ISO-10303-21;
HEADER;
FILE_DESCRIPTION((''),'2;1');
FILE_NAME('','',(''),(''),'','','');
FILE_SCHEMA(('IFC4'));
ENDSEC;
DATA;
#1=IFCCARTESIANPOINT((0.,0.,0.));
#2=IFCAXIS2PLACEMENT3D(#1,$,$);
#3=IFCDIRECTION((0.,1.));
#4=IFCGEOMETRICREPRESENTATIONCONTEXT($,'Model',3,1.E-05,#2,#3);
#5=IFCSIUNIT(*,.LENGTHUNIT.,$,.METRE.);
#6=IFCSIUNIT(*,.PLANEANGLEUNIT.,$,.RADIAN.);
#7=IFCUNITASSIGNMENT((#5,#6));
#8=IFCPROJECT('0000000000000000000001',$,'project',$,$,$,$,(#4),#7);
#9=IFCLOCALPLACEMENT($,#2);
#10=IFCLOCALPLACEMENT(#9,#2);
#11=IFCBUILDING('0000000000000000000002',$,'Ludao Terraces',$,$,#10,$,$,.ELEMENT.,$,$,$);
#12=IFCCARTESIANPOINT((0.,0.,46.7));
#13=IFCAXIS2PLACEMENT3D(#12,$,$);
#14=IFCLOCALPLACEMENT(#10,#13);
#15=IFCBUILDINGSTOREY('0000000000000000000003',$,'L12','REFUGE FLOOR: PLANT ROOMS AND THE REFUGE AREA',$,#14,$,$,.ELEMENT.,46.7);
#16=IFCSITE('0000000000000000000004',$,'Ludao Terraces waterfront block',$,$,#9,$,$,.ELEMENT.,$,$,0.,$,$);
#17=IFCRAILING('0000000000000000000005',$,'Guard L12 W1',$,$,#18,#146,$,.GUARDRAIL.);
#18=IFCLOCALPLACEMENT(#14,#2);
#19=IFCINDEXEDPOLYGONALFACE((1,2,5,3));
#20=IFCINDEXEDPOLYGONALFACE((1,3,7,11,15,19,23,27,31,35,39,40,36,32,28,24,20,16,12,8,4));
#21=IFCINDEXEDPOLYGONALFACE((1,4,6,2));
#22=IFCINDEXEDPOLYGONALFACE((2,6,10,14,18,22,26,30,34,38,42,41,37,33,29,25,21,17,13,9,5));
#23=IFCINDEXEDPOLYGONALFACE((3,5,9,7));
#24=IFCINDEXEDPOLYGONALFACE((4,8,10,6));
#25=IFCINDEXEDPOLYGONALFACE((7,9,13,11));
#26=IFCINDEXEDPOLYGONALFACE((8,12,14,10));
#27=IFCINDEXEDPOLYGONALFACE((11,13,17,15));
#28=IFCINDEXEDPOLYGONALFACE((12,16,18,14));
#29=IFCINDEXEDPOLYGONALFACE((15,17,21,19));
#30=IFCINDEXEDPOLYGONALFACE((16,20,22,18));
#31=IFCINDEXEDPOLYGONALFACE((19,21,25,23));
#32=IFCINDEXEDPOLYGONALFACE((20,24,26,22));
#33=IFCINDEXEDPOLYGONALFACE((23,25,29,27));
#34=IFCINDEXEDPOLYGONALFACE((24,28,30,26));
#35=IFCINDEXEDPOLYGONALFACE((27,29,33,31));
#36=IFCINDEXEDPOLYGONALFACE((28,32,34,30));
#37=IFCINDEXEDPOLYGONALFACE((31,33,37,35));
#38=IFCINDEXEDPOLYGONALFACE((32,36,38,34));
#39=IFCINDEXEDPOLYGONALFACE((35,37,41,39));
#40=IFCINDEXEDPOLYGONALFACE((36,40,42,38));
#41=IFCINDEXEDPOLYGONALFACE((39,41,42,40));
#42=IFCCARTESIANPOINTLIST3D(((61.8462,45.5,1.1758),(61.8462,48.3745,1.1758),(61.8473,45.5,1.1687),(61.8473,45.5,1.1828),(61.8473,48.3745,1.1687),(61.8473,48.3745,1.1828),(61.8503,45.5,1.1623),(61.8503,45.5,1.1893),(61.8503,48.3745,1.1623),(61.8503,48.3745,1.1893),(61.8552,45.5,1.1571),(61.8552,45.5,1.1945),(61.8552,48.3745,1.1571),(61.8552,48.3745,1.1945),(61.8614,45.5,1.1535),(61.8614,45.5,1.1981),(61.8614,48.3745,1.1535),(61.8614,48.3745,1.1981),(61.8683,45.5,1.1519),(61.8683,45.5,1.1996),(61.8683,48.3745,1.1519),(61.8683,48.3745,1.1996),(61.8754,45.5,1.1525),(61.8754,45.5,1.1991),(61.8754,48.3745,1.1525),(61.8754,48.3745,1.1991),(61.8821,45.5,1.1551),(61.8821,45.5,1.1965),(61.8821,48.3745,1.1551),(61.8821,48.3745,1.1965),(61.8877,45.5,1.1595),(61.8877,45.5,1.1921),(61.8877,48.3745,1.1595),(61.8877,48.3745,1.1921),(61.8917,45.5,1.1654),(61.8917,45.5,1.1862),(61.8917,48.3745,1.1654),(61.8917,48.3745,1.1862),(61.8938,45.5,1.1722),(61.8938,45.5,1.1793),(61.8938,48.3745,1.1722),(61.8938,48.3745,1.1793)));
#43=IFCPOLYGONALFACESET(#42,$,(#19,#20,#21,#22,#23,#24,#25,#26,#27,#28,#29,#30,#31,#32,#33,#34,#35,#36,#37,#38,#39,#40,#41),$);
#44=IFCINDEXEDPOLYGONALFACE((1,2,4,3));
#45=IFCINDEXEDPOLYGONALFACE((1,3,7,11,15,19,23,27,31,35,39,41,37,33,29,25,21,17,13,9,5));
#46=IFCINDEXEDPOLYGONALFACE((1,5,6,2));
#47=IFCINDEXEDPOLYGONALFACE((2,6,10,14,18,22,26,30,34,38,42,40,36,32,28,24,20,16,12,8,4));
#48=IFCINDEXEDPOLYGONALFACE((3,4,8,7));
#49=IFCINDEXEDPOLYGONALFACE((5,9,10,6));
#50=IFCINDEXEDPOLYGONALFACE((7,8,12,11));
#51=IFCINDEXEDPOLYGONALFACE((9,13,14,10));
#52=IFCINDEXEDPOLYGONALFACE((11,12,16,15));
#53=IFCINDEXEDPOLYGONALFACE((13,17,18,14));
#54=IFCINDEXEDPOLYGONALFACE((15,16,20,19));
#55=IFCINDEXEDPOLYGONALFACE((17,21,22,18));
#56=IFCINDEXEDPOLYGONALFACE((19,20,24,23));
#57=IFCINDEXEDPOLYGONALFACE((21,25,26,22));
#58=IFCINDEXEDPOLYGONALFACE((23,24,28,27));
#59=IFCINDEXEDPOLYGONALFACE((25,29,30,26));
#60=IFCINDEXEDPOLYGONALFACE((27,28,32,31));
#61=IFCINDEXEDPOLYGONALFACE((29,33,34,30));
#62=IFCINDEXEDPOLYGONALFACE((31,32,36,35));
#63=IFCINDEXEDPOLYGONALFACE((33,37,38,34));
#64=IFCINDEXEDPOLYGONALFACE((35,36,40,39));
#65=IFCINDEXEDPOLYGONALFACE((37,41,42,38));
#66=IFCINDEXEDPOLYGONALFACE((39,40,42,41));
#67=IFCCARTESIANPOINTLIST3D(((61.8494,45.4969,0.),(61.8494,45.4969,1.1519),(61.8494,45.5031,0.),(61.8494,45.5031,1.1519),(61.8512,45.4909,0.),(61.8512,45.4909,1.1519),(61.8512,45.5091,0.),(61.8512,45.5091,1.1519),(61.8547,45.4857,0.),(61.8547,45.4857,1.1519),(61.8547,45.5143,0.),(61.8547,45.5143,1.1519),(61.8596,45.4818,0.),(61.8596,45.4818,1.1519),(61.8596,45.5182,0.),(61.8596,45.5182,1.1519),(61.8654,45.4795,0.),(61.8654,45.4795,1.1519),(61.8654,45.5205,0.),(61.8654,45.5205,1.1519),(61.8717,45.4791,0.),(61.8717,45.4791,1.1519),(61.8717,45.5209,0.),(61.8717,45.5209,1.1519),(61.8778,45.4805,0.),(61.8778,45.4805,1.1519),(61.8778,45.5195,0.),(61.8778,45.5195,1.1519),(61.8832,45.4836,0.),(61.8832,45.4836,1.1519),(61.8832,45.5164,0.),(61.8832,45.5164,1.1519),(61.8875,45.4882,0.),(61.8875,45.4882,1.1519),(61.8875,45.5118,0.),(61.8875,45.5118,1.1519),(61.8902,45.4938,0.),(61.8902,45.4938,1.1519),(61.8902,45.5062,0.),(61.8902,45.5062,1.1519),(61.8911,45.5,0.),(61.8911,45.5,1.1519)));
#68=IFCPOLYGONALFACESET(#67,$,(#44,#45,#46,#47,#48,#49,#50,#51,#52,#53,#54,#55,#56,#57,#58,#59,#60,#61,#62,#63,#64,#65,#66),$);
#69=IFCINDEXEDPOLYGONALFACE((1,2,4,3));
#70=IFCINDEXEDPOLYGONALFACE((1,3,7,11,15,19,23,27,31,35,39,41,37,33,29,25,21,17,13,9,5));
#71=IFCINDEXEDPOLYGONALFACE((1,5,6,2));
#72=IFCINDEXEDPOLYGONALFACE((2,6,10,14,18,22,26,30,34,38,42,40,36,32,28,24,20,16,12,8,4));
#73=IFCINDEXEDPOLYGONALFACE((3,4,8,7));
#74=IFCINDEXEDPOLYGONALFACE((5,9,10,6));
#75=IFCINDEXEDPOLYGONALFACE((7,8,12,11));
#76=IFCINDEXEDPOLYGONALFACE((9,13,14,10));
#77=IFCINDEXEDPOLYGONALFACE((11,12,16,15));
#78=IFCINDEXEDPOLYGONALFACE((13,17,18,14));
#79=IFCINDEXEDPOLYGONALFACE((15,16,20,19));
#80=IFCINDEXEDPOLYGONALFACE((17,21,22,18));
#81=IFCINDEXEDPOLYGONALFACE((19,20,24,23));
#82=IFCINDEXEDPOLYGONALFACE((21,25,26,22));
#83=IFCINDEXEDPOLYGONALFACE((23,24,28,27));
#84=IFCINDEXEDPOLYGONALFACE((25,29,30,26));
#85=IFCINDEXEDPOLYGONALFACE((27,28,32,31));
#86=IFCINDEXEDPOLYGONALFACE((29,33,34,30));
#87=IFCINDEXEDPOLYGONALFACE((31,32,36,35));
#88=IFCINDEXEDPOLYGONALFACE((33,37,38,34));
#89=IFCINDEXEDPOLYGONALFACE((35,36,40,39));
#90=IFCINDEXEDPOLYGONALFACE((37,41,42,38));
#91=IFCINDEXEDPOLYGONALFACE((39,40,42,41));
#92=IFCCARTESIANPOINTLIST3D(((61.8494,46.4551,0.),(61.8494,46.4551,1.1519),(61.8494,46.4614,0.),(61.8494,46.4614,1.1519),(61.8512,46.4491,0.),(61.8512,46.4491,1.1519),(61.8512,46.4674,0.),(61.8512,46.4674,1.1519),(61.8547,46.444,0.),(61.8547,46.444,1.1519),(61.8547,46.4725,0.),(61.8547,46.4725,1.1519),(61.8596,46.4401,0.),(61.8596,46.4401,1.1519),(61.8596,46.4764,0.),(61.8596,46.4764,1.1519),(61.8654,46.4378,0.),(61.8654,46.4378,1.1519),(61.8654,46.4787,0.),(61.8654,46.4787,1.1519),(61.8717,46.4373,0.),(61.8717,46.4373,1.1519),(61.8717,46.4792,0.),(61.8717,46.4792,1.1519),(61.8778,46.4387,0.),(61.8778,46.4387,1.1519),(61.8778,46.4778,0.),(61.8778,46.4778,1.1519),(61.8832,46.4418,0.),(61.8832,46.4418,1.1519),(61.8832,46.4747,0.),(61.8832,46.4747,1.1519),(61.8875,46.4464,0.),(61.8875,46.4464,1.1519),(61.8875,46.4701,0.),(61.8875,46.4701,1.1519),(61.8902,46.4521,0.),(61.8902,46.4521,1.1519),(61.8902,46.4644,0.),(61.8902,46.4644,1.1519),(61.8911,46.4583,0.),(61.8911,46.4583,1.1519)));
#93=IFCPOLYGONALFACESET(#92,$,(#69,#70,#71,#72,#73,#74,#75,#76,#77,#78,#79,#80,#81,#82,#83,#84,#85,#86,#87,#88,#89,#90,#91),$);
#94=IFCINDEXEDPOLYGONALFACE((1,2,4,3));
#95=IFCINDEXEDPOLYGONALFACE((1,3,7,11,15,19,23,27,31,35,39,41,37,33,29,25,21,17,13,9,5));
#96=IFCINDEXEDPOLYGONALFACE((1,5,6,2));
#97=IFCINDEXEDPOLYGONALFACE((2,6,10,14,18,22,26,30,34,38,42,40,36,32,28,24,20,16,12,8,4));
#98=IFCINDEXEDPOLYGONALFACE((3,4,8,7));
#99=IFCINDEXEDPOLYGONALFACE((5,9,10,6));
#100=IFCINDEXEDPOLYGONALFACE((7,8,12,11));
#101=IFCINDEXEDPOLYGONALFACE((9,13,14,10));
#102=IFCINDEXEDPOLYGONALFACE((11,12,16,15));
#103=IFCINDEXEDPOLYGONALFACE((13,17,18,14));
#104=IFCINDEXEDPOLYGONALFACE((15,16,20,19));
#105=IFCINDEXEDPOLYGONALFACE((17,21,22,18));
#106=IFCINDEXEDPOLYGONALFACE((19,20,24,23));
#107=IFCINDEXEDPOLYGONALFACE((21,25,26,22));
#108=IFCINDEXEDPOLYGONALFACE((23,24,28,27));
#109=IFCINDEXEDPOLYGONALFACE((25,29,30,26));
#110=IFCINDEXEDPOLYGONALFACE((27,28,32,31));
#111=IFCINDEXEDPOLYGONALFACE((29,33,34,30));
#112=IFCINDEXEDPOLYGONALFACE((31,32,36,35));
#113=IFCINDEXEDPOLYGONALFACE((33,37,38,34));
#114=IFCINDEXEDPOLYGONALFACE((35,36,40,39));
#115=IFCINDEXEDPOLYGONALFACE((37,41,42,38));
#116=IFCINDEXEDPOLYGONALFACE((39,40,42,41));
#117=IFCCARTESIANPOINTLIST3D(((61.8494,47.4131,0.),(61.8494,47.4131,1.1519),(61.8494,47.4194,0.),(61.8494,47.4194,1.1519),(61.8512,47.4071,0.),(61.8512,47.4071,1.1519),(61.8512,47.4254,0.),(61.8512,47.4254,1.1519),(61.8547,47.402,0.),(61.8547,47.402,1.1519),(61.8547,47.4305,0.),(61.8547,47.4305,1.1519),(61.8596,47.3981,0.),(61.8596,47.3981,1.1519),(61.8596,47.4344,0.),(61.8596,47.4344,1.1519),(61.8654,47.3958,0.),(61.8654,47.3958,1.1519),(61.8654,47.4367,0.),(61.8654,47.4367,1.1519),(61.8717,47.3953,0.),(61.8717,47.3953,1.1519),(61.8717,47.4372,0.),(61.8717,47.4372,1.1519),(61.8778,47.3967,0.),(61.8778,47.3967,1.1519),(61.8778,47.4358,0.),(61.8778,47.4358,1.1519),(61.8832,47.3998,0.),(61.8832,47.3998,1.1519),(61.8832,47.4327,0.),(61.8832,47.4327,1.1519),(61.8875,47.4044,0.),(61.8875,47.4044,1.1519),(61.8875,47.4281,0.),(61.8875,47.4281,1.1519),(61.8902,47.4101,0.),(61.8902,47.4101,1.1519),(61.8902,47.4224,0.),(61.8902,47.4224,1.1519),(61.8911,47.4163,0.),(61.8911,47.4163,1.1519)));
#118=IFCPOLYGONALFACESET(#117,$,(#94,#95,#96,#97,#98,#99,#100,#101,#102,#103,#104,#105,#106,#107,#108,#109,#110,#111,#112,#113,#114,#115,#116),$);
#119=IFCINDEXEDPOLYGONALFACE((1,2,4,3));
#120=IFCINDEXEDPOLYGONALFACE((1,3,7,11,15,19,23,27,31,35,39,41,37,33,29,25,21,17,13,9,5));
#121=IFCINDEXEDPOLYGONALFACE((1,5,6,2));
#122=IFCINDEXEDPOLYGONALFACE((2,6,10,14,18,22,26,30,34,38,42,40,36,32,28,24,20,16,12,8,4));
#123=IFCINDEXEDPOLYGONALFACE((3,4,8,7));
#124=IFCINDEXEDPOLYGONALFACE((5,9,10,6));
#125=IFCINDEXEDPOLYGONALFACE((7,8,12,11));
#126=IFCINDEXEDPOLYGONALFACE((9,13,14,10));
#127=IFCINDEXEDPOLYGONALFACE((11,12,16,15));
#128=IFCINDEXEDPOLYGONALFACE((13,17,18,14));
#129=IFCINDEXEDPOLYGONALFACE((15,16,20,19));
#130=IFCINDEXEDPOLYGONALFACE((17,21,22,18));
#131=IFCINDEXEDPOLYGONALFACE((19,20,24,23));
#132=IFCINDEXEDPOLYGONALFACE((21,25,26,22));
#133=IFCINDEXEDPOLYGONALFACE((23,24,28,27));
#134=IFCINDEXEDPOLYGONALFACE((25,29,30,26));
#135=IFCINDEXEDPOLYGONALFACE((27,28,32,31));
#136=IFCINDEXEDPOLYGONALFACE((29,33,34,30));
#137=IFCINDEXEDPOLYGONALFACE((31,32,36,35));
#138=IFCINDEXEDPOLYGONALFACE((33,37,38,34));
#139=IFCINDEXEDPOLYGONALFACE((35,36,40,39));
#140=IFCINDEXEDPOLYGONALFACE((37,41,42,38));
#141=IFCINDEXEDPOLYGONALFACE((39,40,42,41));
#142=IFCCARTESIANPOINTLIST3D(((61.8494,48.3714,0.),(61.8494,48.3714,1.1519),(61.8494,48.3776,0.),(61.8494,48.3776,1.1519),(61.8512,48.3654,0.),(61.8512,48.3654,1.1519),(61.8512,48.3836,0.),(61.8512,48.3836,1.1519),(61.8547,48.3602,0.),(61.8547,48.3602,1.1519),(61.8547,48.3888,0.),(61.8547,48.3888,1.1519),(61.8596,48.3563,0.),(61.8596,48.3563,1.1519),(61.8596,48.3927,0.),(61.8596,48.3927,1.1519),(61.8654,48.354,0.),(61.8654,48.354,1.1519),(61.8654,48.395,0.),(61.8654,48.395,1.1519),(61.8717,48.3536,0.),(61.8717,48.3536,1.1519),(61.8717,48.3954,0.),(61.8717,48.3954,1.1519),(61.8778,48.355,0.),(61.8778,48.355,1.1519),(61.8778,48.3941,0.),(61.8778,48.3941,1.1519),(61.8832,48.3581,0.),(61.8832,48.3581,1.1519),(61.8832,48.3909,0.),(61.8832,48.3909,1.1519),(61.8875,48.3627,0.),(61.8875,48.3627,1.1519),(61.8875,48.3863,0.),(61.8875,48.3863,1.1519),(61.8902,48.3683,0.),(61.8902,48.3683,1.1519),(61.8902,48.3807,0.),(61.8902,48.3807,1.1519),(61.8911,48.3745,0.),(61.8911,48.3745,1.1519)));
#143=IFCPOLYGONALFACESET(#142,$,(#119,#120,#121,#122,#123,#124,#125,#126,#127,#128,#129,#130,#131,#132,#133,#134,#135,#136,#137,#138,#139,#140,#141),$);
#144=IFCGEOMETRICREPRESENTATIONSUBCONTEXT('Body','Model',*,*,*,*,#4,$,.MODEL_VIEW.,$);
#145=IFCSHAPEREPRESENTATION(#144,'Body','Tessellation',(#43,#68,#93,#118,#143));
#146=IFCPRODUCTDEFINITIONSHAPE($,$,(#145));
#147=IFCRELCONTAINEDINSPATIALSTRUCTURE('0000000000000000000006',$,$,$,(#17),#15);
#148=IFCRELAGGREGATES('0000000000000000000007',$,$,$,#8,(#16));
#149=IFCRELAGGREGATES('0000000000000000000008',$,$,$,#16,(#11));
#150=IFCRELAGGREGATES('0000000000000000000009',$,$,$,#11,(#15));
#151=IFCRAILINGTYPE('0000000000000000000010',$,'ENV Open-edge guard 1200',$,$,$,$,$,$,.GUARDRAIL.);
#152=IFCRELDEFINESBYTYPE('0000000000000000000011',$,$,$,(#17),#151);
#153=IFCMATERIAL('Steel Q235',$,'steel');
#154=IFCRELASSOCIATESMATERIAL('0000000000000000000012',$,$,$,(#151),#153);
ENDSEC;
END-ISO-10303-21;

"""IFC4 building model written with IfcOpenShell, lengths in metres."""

from ifc_helpers import new_model, si_unit, direction, frame, origin, origin_2d, place, context, subcontext, project, spatial, circle, extrude, material, type_object, element, save


model = new_model("IFC4")

# Units and contexts
model_context = context("Model", 3, precision=1e-05, world=origin(), true_north=direction((0.0, 1.0)))
body_context = subcontext(model_context, "Body", "Model", "MODEL_VIEW")
ifc_project = project(units=[si_unit("LENGTHUNIT", "METRE"), si_unit("PLANEANGLEUNIT", "RADIAN")], contexts=[model_context])

# Site, building, storey
site_placement = place(None, origin())
site = spatial("IfcSite", under=ifc_project, at=site_placement, Name="Ludao Terraces waterfront block", CompositionType="ELEMENT", RefElevation=0.0)
building_placement = place(site_placement, origin())
building = spatial("IfcBuilding", under=site, at=building_placement, Name="Ludao Terraces", CompositionType="ELEMENT")
storey_placement = place(building_placement, frame((0.0, 0.0, 46.7)))
storey = spatial("IfcBuildingStorey", under=building, at=storey_placement, Name="L12", Description="REFUGE FLOOR: PLANT ROOMS AND THE REFUGE AREA", CompositionType="ELEMENT", Elevation=46.7)

# Shared definitions
ifc_material_1 = material(Name="Steel Q235", Category="steel")

# Railing
railing_type = type_object("IfcRailingType", Name="ENV Open-edge guard 1200", PredefinedType="GUARDRAIL", material=ifc_material_1)
railing_placement = place(storey_placement, frame((61.8701, 45.5, 0.0)))
element("IfcRailing", 1, at=railing_placement, inside=storey, type_object=railing_type, Name="Guard L12 W1", PredefinedType="GUARDRAIL", context=body_context, shape_type="SweptSolid", body=[
    extrude(circle(Radius=0.0239, at=origin_2d()), frame((0.0, 0.0, 1.1758), z_axis=(0.0, 1.0, 0.0), x_axis=(-1.0, 0.0, 0.0)), (0.0, 0.0, 1.0), 2.8745),
    extrude(circle(Radius=0.021, at=origin_2d()), origin(), (0.0, 0.0, 1.0), 1.1519),
    extrude(circle(Radius=0.021, at=origin_2d()), frame((0.0, 0.9583, 0.0)), (0.0, 0.0, 1.0), 1.1519),
    extrude(circle(Radius=0.021, at=origin_2d()), frame((0.0, 1.9163, 0.0)), (0.0, 0.0, 1.0), 1.1519),
    extrude(circle(Radius=0.021, at=origin_2d()), frame((0.0, 2.8745, 0.0)), (0.0, 0.0, 1.0), 1.1519),
])

save(model, "model.ifc")
